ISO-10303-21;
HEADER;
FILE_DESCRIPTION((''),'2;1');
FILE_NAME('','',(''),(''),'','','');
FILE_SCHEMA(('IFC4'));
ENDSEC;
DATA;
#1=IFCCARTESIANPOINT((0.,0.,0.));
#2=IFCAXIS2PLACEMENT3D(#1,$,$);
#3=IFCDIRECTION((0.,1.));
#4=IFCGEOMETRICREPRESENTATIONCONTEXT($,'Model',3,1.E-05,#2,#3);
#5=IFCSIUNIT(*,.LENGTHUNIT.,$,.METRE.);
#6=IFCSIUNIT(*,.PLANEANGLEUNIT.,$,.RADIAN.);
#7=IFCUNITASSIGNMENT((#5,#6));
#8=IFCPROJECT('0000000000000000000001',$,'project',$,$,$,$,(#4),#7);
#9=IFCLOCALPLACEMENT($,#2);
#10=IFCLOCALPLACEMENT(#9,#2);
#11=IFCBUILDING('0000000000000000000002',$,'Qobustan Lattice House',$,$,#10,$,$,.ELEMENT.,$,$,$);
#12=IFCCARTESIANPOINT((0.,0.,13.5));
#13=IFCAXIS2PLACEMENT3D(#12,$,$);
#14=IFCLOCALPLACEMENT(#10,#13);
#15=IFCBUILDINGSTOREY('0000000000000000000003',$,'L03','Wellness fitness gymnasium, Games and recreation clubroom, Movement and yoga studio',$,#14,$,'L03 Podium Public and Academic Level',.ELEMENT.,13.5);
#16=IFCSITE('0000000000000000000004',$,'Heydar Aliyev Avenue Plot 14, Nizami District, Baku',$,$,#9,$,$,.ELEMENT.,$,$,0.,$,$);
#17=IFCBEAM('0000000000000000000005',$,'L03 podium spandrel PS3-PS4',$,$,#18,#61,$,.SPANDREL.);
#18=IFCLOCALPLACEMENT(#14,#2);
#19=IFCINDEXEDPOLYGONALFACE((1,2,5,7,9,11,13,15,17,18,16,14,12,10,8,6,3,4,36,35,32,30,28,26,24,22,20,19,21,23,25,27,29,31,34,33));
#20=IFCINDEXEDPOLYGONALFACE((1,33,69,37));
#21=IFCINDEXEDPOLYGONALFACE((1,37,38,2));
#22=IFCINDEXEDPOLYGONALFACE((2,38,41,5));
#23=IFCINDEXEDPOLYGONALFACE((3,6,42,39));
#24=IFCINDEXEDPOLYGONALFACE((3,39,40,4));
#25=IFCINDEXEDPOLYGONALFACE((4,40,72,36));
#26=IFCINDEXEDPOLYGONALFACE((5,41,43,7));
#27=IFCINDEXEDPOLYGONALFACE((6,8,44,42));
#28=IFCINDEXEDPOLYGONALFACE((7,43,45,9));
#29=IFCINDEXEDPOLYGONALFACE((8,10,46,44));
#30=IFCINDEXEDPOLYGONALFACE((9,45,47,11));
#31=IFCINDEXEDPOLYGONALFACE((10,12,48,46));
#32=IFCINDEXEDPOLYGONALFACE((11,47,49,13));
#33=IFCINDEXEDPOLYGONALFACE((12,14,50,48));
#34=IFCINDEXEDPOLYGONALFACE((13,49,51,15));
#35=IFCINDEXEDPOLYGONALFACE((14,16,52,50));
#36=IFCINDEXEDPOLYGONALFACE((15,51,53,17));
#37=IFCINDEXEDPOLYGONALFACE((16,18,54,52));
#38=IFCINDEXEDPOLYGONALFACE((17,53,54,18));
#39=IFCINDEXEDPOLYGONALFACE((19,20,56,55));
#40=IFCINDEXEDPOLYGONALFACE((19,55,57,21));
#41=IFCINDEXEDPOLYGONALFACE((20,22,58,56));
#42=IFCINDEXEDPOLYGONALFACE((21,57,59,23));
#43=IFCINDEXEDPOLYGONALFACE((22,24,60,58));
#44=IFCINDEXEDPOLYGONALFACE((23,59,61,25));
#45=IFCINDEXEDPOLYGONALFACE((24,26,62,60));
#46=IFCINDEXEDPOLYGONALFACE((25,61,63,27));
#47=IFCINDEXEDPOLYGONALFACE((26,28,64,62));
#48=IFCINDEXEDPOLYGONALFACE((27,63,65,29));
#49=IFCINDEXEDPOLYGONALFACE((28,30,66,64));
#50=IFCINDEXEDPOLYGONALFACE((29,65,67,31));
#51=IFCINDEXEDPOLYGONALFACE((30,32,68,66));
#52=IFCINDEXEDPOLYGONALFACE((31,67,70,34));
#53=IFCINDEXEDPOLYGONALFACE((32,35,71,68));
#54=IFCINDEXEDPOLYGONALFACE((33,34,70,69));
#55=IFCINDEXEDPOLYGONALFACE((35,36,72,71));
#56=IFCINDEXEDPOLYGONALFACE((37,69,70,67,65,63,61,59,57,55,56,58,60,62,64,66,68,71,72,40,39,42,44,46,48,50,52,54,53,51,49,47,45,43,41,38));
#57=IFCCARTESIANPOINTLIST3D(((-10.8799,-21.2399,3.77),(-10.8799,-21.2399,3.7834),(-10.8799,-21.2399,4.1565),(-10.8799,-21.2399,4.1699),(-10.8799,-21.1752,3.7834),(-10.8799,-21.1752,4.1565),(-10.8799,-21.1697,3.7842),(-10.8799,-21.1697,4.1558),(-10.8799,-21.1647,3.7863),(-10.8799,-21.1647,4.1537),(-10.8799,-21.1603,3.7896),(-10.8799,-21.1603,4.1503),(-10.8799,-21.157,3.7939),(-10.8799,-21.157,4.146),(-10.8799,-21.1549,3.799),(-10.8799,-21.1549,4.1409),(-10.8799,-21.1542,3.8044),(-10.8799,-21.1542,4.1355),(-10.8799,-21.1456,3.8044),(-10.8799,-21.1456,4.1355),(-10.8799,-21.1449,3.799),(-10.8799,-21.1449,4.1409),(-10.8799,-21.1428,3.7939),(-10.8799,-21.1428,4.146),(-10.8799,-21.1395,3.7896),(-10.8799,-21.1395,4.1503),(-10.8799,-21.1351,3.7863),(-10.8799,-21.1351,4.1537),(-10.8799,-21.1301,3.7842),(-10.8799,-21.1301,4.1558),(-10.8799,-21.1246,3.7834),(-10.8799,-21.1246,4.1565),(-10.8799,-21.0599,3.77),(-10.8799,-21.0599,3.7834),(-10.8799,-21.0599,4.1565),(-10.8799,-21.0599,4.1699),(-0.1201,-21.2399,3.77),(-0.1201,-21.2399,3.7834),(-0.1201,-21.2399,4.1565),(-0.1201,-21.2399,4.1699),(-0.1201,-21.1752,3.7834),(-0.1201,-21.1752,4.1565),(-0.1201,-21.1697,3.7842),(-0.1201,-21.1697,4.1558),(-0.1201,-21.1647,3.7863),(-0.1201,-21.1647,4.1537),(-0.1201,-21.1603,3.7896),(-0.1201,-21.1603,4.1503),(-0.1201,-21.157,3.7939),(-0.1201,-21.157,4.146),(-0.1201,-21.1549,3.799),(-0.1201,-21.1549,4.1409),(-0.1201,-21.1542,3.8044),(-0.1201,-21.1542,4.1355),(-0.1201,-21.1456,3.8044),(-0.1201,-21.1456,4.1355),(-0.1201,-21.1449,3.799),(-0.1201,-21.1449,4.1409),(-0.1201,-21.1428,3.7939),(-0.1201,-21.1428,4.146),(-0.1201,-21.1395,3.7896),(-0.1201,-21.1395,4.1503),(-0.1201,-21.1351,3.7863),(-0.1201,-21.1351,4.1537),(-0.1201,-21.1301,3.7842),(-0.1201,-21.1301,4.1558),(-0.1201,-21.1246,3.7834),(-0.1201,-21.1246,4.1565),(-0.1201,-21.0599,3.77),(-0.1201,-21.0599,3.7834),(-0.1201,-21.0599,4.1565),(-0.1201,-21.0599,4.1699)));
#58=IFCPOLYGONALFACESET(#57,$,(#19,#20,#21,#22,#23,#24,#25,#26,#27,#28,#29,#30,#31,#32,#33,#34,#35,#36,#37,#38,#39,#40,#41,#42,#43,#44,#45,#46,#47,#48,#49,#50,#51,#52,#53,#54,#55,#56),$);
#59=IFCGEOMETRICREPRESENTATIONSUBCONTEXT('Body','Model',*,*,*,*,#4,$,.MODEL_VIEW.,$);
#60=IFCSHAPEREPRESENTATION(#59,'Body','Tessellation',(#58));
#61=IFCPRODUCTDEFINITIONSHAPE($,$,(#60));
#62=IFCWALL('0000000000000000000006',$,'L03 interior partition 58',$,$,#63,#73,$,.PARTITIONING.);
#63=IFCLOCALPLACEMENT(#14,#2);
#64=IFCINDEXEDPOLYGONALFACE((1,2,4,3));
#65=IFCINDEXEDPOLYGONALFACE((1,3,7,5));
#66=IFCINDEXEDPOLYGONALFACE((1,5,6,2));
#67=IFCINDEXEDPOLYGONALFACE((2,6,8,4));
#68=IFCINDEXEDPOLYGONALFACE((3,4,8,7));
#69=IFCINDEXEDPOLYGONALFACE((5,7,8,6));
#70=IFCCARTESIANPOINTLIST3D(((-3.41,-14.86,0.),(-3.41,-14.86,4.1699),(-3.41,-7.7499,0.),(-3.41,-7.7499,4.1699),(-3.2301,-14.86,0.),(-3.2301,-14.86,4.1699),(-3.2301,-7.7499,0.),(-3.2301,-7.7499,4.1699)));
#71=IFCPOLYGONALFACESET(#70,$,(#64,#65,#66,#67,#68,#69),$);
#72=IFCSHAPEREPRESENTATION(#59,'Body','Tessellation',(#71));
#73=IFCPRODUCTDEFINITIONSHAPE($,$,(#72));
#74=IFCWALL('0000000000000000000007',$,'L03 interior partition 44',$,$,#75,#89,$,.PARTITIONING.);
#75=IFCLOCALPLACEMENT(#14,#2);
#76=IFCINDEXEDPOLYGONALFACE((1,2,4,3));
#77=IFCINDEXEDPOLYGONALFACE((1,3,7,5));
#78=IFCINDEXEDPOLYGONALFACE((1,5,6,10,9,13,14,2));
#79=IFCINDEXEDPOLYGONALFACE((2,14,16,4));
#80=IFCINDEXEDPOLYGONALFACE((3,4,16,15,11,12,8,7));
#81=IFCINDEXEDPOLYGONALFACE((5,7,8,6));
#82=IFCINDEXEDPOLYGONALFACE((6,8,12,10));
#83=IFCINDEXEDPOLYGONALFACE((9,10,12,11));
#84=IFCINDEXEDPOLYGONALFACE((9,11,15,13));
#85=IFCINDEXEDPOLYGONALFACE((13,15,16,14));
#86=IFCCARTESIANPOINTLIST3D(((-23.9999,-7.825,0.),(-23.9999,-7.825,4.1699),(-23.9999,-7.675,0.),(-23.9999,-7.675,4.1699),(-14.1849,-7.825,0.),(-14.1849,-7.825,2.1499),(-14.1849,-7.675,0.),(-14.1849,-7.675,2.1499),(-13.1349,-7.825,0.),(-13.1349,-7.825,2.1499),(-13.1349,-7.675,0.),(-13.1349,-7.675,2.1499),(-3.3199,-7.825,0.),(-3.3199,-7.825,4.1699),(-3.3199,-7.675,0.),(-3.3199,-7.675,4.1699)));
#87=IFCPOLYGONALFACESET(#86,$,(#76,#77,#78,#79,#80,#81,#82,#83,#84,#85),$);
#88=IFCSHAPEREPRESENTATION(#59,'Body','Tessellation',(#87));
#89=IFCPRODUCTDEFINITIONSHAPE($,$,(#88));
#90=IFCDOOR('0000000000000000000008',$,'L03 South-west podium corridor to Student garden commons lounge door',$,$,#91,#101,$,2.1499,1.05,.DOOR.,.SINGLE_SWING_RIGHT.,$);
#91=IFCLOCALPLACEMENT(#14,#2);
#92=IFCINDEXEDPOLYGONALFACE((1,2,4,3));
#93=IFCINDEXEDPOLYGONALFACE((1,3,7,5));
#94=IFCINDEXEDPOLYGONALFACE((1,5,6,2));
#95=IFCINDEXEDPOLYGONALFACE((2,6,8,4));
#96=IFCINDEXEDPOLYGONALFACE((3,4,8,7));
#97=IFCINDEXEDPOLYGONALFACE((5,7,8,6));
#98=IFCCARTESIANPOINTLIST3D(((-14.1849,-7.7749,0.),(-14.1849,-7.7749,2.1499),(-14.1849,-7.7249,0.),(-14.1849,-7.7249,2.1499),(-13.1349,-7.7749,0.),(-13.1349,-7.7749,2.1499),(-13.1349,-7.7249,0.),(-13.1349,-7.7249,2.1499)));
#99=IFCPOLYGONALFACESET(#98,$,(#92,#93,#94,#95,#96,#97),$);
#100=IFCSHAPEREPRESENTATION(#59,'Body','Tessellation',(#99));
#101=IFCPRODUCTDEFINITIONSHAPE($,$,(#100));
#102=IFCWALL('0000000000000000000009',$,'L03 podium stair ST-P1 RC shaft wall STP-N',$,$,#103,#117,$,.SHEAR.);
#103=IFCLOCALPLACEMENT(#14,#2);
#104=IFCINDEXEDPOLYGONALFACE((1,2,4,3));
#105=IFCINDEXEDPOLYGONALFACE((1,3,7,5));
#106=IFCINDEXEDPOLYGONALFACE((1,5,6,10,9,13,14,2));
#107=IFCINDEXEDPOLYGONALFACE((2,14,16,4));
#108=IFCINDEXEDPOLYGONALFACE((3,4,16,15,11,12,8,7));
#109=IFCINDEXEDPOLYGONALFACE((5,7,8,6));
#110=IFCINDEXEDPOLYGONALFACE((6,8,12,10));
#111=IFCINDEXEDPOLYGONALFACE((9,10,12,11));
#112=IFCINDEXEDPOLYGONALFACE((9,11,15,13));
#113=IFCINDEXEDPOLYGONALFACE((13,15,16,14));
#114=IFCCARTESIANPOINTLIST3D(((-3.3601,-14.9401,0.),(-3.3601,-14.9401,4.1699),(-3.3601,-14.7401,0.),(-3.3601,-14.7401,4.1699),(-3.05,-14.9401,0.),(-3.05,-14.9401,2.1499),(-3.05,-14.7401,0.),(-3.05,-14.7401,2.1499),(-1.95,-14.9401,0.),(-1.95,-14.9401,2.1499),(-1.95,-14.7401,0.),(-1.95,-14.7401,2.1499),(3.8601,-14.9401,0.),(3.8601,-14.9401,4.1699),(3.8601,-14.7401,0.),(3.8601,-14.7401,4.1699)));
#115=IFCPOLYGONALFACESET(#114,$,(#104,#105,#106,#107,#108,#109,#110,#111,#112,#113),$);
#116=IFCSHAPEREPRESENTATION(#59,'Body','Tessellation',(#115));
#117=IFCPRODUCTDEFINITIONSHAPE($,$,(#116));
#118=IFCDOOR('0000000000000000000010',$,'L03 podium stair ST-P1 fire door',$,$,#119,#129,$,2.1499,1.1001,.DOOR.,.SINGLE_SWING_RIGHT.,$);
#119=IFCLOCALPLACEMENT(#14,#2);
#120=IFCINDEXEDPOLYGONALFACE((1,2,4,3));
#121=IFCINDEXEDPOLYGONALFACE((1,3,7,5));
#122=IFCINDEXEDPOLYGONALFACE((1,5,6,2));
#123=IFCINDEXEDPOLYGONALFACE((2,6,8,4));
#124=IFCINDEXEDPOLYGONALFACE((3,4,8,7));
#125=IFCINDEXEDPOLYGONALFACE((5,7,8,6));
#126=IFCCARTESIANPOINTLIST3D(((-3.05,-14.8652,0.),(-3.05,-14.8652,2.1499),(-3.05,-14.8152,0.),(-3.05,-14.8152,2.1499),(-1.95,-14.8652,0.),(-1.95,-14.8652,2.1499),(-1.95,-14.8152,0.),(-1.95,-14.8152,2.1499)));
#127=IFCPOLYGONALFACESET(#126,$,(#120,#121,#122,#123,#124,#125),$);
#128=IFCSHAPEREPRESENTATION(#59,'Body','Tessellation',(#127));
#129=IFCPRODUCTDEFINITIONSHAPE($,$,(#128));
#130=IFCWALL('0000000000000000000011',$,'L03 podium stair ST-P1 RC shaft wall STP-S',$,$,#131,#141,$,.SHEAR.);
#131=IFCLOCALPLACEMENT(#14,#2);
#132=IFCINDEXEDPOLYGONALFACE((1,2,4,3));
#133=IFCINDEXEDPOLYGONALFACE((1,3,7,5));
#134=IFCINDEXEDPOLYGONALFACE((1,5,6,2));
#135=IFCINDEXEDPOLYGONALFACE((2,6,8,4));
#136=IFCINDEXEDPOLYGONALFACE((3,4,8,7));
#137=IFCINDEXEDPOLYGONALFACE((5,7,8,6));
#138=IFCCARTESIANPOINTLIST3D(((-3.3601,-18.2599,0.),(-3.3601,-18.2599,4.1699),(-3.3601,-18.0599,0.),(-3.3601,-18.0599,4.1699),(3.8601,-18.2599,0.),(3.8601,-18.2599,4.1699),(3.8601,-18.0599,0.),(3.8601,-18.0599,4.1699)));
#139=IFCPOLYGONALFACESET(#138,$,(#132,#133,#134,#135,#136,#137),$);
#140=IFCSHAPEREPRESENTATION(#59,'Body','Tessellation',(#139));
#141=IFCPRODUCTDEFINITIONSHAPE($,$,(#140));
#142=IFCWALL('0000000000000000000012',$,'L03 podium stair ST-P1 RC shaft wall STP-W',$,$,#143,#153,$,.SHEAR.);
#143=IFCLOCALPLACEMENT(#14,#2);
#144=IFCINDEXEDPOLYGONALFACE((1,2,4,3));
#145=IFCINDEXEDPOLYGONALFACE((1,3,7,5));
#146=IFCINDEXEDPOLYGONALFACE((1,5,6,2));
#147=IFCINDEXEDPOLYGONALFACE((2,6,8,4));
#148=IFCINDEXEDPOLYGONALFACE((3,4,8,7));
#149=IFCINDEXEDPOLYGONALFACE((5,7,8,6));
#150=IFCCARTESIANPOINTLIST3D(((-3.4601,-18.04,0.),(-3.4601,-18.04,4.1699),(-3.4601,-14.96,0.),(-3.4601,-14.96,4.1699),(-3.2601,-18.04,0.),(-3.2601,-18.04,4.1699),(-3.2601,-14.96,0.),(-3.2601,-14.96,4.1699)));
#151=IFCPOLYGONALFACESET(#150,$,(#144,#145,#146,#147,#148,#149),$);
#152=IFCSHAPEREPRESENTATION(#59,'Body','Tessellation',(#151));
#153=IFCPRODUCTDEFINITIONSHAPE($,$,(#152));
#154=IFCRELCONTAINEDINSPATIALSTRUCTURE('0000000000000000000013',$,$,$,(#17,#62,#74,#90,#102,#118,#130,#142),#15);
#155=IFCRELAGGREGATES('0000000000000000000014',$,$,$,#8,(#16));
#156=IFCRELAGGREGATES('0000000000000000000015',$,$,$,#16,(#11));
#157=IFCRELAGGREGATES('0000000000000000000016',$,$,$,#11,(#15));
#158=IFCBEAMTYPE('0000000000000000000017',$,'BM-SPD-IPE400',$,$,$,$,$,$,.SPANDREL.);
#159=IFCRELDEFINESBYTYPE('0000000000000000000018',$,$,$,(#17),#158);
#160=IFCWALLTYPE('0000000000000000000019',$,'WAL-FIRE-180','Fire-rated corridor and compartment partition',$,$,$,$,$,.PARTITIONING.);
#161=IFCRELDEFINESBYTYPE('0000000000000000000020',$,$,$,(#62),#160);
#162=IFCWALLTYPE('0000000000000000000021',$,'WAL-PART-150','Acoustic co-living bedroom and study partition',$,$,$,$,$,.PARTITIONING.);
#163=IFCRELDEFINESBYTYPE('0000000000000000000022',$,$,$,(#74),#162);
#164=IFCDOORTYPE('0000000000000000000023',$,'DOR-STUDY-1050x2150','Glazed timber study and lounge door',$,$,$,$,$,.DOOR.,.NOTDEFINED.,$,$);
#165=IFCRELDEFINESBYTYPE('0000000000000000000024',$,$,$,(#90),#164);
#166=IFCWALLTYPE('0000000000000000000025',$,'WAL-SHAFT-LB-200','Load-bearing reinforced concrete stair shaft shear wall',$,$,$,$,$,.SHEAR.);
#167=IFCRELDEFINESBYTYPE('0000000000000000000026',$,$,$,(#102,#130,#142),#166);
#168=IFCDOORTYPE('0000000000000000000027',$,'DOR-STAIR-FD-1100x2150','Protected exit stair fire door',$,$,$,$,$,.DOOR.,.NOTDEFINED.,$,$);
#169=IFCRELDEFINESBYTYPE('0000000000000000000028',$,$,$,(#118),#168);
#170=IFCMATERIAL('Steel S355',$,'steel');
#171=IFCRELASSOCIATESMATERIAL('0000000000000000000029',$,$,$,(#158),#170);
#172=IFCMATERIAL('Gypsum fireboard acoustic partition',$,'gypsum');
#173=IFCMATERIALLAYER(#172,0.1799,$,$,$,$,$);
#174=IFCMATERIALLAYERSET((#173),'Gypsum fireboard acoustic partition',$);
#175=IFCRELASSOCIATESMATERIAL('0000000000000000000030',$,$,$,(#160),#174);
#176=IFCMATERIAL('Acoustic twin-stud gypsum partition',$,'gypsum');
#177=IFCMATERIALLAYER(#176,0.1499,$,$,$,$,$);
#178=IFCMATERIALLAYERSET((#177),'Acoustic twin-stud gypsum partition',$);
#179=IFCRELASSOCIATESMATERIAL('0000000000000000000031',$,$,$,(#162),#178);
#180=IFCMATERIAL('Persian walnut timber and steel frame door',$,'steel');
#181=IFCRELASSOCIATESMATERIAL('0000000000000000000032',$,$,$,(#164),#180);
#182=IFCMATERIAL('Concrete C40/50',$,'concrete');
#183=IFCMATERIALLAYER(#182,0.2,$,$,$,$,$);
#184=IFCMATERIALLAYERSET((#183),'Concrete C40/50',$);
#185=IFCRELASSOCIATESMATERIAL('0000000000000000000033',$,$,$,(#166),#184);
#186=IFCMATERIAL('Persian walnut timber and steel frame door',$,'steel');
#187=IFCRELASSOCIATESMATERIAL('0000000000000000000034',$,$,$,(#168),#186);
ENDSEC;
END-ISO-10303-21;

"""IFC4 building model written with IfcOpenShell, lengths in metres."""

from ifc_helpers import new_model, si_unit, direction, frame, frame_2d, origin, origin_2d, place, context, subcontext, project, spatial, rectangle, i_section, extrude, material, layer, layer_set, material_profile, profile_set, type_object, element, fill, save


model = new_model("IFC4")

# Units and contexts
model_context = context("Model", 3, precision=1e-05, world=origin(), true_north=direction((0.0, 1.0)))
body_context = subcontext(model_context, "Body", "Model", "MODEL_VIEW")
ifc_project = project(units=[si_unit("LENGTHUNIT", "METRE"), si_unit("PLANEANGLEUNIT", "RADIAN")], contexts=[model_context])

# Site, building, storey
site_placement = place(None, origin())
site = spatial("IfcSite", under=ifc_project, at=site_placement, Name="Heydar Aliyev Avenue Plot 14, Nizami District, Baku", CompositionType="ELEMENT", RefElevation=0.0)
building_placement = place(site_placement, origin())
building = spatial("IfcBuilding", under=site, at=building_placement, Name="Qobustan Lattice House", CompositionType="ELEMENT")
storey_placement = place(building_placement, frame((0.0, 0.0, 13.5)))
storey = spatial("IfcBuildingStorey", under=building, at=storey_placement, Name="L03", Description="Wellness fitness gymnasium, Games and recreation clubroom, Movement and yoga studio", LongName="L03 Podium Public and Academic Level", CompositionType="ELEMENT", Elevation=13.5)

# Beam
ifc_material_1 = material(Name="Steel S355", Category="steel")
ifc_material_profile_1 = material_profile(ifc_material_1, i_section(OverallWidth=0.1799, OverallDepth=0.3999, WebThickness=0.0085, FlangeThickness=0.0134, FilletRadius=0.021, at=origin_2d()), Name="IPE400")
ifc_profile_set_1 = profile_set([ifc_material_profile_1], Name="Steel S355")
beam_type_1 = type_object("IfcBeamType", Name="BM-SPD-IPE400", PredefinedType="SPANDREL", material=ifc_profile_set_1)
beam_1_placement = place(storey_placement, frame((-10.8799, -21.1499, 3.97), z_axis=(1.0, 0.0, 0.0), x_axis=(0.0, 1.0, 0.0)))
element("IfcBeam", 1, at=beam_1_placement, inside=storey, type_object=beam_type_1, Name="L03 podium spandrel PS3-PS4", PredefinedType="SPANDREL", context=body_context, shape_type="SweptSolid", body=[
    extrude(i_section(OverallWidth=0.1799, OverallDepth=0.3999, WebThickness=0.0085, FlangeThickness=0.0134, FilletRadius=0.021, at=origin_2d()), origin(), (0.0, 0.0, 1.0), 10.7598),
])

# Wall
ifc_material_2 = material(Name="Gypsum fireboard acoustic partition", Category="gypsum")
ifc_layer_1 = layer(ifc_material_2, 0.1799)
ifc_layer_set_1 = layer_set([ifc_layer_1], Name="Gypsum fireboard acoustic partition")
wall_type_1 = type_object("IfcWallType", Name="WAL-FIRE-180", Description="Fire-rated corridor and compartment partition", PredefinedType="PARTITIONING", material=ifc_layer_set_1)
wall_1_placement = place(storey_placement, frame((-3.3201, -14.8601, 0.0), z_axis=(0.0, 0.0, 1.0), x_axis=(0.0, 1.0, 0.0)))
element("IfcWall", 2, at=wall_1_placement, inside=storey, type_object=wall_type_1, Name="L03 interior partition 58", PredefinedType="PARTITIONING", context=body_context, shape_type="SweptSolid", body=[
    extrude(rectangle(XDim=7.1101, YDim=0.1799, at=frame_2d((3.5552, 0.0))), origin(), (0.0, 0.0, 1.0), 4.1699),
])

# Walls, openings, doors
ifc_material_3 = material(Name="Acoustic twin-stud gypsum partition", Category="gypsum")
ifc_layer_2 = layer(ifc_material_3, 0.1499)
ifc_layer_set_2 = layer_set([ifc_layer_2], Name="Acoustic twin-stud gypsum partition")
wall_type_2 = type_object("IfcWallType", Name="WAL-PART-150", Description="Acoustic co-living bedroom and study partition", PredefinedType="PARTITIONING", material=ifc_layer_set_2)
wall_2_placement = place(storey_placement, frame((-3.3201, -7.75, 0.0), z_axis=(0.0, 0.0, 1.0), x_axis=(-1.0, 0.0, 0.0)))
wall_2 = element("IfcWall", 3, at=wall_2_placement, inside=storey, type_object=wall_type_2, Name="L03 interior partition 44", PredefinedType="PARTITIONING", context=body_context, shape_type="SweptSolid", body=[
    extrude(rectangle(XDim=20.6799, YDim=0.1499, at=frame_2d((10.3398, 0.0))), origin(), (0.0, 0.0, 1.0), 4.1699),
])
opening_1_placement = place(wall_2_placement, frame((9.8149, 0.0, 0.0)))
opening_1 = element("IfcOpeningElement", 4, at=opening_1_placement, cuts=wall_2, PredefinedType="OPENING", context=body_context, shape_type="SweptSolid", body=[
    extrude(rectangle(XDim=1.05, YDim=2.1499, at=frame_2d((0.5249, 1.075))), frame((0.0, 0.085, 0.0), z_axis=(0.0, -1.0, 0.0), x_axis=(1.0, 0.0, 0.0)), (0.0, 0.0, 1.0), 0.1699),
])
ifc_material_4 = material(Name="Persian walnut timber and steel frame door", Category="steel")
door_type_1 = type_object("IfcDoorType", Name="DOR-STUDY-1050x2150", Description="Glazed timber study and lounge door", OperationType="NOTDEFINED", PredefinedType="DOOR", material=ifc_material_4)
door_1_placement = place(opening_1_placement, origin())
door_1 = element("IfcDoor", 5, at=door_1_placement, inside=storey, type_object=door_type_1, Name="L03 South-west podium corridor to Student garden commons lounge door", OperationType="SINGLE_SWING_RIGHT", OverallHeight=2.1499, OverallWidth=1.05, PredefinedType="DOOR", context=body_context, shape_type="SweptSolid", body=[
    extrude(rectangle(XDim=1.05, YDim=2.1499, at=frame_2d((0.5249, 1.075))), frame((0.0, 0.0249, 0.0), z_axis=(0.0, -1.0, 0.0), x_axis=(1.0, 0.0, 0.0)), (0.0, 0.0, 1.0), 0.05),
])
fill(opening_1, door_1)
ifc_material_5 = material(Name="Concrete C40/50", Category="concrete")
ifc_layer_3 = layer(ifc_material_5, 0.2)
ifc_layer_set_3 = layer_set([ifc_layer_3], Name="Concrete C40/50")
wall_type_3 = type_object("IfcWallType", Name="WAL-SHAFT-LB-200", Description="Load-bearing reinforced concrete stair shaft shear wall", PredefinedType="SHEAR", material=ifc_layer_set_3)
wall_3_placement = place(storey_placement, frame((-3.3601, -14.8401, 0.0), z_axis=(0.0, 0.0, 1.0), x_axis=(1.0, 0.0, 0.0)))
wall_3 = element("IfcWall", 6, at=wall_3_placement, inside=storey, type_object=wall_type_3, Name="L03 podium stair ST-P1 RC shaft wall STP-N", PredefinedType="SHEAR", context=body_context, shape_type="SweptSolid", body=[
    extrude(rectangle(XDim=7.2202, YDim=0.2, at=frame_2d((3.6101, 0.0))), origin(), (0.0, 0.0, 1.0), 4.1699),
])
opening_2_placement = place(wall_3_placement, frame((0.3101, 0.0, 0.0)))
opening_2 = element("IfcOpeningElement", 7, at=opening_2_placement, cuts=wall_3, PredefinedType="OPENING", context=body_context, shape_type="SweptSolid", body=[
    extrude(rectangle(XDim=1.1001, YDim=2.1499, at=frame_2d((0.55, 1.075))), frame((0.0, 0.1099, 0.0), z_axis=(0.0, -1.0, 0.0), x_axis=(1.0, 0.0, 0.0)), (0.0, 0.0, 1.0), 0.22),
])
ifc_material_6 = material(Name="Persian walnut timber and steel frame door", Category="steel")
door_type_2 = type_object("IfcDoorType", Name="DOR-STAIR-FD-1100x2150", Description="Protected exit stair fire door", OperationType="NOTDEFINED", PredefinedType="DOOR", material=ifc_material_6)
door_2_placement = place(opening_2_placement, origin())
door_2 = element("IfcDoor", 8, at=door_2_placement, inside=storey, type_object=door_type_2, Name="L03 podium stair ST-P1 fire door", OperationType="SINGLE_SWING_RIGHT", OverallHeight=2.1499, OverallWidth=1.1001, PredefinedType="DOOR", context=body_context, shape_type="SweptSolid", body=[
    extrude(rectangle(XDim=1.1001, YDim=2.1499, at=frame_2d((0.55, 1.075))), frame((0.0, 0.0249, 0.0), z_axis=(0.0, -1.0, 0.0), x_axis=(1.0, 0.0, 0.0)), (0.0, 0.0, 1.0), 0.05),
])
fill(opening_2, door_2)

# Walls
wall_4_placement = place(storey_placement, frame((-3.3601, -18.1599, 0.0), z_axis=(0.0, 0.0, 1.0), x_axis=(1.0, 0.0, 0.0)))
element("IfcWall", 9, at=wall_4_placement, inside=storey, type_object=wall_type_3, Name="L03 podium stair ST-P1 RC shaft wall STP-S", PredefinedType="SHEAR", context=body_context, shape_type="SweptSolid", body=[
    extrude(rectangle(XDim=7.2202, YDim=0.2, at=frame_2d((3.6101, 0.0))), origin(), (0.0, 0.0, 1.0), 4.1699),
])
wall_5_placement = place(storey_placement, frame((-3.3601, -18.04, 0.0), z_axis=(0.0, 0.0, 1.0), x_axis=(0.0, 1.0, 0.0)))
element("IfcWall", 10, at=wall_5_placement, inside=storey, type_object=wall_type_3, Name="L03 podium stair ST-P1 RC shaft wall STP-W", PredefinedType="SHEAR", context=body_context, shape_type="SweptSolid", body=[
    extrude(rectangle(XDim=3.0801, YDim=0.2, at=frame_2d((1.54, 0.0))), origin(), (0.0, 0.0, 1.0), 4.1699),
])

save(model, "model.ifc")
